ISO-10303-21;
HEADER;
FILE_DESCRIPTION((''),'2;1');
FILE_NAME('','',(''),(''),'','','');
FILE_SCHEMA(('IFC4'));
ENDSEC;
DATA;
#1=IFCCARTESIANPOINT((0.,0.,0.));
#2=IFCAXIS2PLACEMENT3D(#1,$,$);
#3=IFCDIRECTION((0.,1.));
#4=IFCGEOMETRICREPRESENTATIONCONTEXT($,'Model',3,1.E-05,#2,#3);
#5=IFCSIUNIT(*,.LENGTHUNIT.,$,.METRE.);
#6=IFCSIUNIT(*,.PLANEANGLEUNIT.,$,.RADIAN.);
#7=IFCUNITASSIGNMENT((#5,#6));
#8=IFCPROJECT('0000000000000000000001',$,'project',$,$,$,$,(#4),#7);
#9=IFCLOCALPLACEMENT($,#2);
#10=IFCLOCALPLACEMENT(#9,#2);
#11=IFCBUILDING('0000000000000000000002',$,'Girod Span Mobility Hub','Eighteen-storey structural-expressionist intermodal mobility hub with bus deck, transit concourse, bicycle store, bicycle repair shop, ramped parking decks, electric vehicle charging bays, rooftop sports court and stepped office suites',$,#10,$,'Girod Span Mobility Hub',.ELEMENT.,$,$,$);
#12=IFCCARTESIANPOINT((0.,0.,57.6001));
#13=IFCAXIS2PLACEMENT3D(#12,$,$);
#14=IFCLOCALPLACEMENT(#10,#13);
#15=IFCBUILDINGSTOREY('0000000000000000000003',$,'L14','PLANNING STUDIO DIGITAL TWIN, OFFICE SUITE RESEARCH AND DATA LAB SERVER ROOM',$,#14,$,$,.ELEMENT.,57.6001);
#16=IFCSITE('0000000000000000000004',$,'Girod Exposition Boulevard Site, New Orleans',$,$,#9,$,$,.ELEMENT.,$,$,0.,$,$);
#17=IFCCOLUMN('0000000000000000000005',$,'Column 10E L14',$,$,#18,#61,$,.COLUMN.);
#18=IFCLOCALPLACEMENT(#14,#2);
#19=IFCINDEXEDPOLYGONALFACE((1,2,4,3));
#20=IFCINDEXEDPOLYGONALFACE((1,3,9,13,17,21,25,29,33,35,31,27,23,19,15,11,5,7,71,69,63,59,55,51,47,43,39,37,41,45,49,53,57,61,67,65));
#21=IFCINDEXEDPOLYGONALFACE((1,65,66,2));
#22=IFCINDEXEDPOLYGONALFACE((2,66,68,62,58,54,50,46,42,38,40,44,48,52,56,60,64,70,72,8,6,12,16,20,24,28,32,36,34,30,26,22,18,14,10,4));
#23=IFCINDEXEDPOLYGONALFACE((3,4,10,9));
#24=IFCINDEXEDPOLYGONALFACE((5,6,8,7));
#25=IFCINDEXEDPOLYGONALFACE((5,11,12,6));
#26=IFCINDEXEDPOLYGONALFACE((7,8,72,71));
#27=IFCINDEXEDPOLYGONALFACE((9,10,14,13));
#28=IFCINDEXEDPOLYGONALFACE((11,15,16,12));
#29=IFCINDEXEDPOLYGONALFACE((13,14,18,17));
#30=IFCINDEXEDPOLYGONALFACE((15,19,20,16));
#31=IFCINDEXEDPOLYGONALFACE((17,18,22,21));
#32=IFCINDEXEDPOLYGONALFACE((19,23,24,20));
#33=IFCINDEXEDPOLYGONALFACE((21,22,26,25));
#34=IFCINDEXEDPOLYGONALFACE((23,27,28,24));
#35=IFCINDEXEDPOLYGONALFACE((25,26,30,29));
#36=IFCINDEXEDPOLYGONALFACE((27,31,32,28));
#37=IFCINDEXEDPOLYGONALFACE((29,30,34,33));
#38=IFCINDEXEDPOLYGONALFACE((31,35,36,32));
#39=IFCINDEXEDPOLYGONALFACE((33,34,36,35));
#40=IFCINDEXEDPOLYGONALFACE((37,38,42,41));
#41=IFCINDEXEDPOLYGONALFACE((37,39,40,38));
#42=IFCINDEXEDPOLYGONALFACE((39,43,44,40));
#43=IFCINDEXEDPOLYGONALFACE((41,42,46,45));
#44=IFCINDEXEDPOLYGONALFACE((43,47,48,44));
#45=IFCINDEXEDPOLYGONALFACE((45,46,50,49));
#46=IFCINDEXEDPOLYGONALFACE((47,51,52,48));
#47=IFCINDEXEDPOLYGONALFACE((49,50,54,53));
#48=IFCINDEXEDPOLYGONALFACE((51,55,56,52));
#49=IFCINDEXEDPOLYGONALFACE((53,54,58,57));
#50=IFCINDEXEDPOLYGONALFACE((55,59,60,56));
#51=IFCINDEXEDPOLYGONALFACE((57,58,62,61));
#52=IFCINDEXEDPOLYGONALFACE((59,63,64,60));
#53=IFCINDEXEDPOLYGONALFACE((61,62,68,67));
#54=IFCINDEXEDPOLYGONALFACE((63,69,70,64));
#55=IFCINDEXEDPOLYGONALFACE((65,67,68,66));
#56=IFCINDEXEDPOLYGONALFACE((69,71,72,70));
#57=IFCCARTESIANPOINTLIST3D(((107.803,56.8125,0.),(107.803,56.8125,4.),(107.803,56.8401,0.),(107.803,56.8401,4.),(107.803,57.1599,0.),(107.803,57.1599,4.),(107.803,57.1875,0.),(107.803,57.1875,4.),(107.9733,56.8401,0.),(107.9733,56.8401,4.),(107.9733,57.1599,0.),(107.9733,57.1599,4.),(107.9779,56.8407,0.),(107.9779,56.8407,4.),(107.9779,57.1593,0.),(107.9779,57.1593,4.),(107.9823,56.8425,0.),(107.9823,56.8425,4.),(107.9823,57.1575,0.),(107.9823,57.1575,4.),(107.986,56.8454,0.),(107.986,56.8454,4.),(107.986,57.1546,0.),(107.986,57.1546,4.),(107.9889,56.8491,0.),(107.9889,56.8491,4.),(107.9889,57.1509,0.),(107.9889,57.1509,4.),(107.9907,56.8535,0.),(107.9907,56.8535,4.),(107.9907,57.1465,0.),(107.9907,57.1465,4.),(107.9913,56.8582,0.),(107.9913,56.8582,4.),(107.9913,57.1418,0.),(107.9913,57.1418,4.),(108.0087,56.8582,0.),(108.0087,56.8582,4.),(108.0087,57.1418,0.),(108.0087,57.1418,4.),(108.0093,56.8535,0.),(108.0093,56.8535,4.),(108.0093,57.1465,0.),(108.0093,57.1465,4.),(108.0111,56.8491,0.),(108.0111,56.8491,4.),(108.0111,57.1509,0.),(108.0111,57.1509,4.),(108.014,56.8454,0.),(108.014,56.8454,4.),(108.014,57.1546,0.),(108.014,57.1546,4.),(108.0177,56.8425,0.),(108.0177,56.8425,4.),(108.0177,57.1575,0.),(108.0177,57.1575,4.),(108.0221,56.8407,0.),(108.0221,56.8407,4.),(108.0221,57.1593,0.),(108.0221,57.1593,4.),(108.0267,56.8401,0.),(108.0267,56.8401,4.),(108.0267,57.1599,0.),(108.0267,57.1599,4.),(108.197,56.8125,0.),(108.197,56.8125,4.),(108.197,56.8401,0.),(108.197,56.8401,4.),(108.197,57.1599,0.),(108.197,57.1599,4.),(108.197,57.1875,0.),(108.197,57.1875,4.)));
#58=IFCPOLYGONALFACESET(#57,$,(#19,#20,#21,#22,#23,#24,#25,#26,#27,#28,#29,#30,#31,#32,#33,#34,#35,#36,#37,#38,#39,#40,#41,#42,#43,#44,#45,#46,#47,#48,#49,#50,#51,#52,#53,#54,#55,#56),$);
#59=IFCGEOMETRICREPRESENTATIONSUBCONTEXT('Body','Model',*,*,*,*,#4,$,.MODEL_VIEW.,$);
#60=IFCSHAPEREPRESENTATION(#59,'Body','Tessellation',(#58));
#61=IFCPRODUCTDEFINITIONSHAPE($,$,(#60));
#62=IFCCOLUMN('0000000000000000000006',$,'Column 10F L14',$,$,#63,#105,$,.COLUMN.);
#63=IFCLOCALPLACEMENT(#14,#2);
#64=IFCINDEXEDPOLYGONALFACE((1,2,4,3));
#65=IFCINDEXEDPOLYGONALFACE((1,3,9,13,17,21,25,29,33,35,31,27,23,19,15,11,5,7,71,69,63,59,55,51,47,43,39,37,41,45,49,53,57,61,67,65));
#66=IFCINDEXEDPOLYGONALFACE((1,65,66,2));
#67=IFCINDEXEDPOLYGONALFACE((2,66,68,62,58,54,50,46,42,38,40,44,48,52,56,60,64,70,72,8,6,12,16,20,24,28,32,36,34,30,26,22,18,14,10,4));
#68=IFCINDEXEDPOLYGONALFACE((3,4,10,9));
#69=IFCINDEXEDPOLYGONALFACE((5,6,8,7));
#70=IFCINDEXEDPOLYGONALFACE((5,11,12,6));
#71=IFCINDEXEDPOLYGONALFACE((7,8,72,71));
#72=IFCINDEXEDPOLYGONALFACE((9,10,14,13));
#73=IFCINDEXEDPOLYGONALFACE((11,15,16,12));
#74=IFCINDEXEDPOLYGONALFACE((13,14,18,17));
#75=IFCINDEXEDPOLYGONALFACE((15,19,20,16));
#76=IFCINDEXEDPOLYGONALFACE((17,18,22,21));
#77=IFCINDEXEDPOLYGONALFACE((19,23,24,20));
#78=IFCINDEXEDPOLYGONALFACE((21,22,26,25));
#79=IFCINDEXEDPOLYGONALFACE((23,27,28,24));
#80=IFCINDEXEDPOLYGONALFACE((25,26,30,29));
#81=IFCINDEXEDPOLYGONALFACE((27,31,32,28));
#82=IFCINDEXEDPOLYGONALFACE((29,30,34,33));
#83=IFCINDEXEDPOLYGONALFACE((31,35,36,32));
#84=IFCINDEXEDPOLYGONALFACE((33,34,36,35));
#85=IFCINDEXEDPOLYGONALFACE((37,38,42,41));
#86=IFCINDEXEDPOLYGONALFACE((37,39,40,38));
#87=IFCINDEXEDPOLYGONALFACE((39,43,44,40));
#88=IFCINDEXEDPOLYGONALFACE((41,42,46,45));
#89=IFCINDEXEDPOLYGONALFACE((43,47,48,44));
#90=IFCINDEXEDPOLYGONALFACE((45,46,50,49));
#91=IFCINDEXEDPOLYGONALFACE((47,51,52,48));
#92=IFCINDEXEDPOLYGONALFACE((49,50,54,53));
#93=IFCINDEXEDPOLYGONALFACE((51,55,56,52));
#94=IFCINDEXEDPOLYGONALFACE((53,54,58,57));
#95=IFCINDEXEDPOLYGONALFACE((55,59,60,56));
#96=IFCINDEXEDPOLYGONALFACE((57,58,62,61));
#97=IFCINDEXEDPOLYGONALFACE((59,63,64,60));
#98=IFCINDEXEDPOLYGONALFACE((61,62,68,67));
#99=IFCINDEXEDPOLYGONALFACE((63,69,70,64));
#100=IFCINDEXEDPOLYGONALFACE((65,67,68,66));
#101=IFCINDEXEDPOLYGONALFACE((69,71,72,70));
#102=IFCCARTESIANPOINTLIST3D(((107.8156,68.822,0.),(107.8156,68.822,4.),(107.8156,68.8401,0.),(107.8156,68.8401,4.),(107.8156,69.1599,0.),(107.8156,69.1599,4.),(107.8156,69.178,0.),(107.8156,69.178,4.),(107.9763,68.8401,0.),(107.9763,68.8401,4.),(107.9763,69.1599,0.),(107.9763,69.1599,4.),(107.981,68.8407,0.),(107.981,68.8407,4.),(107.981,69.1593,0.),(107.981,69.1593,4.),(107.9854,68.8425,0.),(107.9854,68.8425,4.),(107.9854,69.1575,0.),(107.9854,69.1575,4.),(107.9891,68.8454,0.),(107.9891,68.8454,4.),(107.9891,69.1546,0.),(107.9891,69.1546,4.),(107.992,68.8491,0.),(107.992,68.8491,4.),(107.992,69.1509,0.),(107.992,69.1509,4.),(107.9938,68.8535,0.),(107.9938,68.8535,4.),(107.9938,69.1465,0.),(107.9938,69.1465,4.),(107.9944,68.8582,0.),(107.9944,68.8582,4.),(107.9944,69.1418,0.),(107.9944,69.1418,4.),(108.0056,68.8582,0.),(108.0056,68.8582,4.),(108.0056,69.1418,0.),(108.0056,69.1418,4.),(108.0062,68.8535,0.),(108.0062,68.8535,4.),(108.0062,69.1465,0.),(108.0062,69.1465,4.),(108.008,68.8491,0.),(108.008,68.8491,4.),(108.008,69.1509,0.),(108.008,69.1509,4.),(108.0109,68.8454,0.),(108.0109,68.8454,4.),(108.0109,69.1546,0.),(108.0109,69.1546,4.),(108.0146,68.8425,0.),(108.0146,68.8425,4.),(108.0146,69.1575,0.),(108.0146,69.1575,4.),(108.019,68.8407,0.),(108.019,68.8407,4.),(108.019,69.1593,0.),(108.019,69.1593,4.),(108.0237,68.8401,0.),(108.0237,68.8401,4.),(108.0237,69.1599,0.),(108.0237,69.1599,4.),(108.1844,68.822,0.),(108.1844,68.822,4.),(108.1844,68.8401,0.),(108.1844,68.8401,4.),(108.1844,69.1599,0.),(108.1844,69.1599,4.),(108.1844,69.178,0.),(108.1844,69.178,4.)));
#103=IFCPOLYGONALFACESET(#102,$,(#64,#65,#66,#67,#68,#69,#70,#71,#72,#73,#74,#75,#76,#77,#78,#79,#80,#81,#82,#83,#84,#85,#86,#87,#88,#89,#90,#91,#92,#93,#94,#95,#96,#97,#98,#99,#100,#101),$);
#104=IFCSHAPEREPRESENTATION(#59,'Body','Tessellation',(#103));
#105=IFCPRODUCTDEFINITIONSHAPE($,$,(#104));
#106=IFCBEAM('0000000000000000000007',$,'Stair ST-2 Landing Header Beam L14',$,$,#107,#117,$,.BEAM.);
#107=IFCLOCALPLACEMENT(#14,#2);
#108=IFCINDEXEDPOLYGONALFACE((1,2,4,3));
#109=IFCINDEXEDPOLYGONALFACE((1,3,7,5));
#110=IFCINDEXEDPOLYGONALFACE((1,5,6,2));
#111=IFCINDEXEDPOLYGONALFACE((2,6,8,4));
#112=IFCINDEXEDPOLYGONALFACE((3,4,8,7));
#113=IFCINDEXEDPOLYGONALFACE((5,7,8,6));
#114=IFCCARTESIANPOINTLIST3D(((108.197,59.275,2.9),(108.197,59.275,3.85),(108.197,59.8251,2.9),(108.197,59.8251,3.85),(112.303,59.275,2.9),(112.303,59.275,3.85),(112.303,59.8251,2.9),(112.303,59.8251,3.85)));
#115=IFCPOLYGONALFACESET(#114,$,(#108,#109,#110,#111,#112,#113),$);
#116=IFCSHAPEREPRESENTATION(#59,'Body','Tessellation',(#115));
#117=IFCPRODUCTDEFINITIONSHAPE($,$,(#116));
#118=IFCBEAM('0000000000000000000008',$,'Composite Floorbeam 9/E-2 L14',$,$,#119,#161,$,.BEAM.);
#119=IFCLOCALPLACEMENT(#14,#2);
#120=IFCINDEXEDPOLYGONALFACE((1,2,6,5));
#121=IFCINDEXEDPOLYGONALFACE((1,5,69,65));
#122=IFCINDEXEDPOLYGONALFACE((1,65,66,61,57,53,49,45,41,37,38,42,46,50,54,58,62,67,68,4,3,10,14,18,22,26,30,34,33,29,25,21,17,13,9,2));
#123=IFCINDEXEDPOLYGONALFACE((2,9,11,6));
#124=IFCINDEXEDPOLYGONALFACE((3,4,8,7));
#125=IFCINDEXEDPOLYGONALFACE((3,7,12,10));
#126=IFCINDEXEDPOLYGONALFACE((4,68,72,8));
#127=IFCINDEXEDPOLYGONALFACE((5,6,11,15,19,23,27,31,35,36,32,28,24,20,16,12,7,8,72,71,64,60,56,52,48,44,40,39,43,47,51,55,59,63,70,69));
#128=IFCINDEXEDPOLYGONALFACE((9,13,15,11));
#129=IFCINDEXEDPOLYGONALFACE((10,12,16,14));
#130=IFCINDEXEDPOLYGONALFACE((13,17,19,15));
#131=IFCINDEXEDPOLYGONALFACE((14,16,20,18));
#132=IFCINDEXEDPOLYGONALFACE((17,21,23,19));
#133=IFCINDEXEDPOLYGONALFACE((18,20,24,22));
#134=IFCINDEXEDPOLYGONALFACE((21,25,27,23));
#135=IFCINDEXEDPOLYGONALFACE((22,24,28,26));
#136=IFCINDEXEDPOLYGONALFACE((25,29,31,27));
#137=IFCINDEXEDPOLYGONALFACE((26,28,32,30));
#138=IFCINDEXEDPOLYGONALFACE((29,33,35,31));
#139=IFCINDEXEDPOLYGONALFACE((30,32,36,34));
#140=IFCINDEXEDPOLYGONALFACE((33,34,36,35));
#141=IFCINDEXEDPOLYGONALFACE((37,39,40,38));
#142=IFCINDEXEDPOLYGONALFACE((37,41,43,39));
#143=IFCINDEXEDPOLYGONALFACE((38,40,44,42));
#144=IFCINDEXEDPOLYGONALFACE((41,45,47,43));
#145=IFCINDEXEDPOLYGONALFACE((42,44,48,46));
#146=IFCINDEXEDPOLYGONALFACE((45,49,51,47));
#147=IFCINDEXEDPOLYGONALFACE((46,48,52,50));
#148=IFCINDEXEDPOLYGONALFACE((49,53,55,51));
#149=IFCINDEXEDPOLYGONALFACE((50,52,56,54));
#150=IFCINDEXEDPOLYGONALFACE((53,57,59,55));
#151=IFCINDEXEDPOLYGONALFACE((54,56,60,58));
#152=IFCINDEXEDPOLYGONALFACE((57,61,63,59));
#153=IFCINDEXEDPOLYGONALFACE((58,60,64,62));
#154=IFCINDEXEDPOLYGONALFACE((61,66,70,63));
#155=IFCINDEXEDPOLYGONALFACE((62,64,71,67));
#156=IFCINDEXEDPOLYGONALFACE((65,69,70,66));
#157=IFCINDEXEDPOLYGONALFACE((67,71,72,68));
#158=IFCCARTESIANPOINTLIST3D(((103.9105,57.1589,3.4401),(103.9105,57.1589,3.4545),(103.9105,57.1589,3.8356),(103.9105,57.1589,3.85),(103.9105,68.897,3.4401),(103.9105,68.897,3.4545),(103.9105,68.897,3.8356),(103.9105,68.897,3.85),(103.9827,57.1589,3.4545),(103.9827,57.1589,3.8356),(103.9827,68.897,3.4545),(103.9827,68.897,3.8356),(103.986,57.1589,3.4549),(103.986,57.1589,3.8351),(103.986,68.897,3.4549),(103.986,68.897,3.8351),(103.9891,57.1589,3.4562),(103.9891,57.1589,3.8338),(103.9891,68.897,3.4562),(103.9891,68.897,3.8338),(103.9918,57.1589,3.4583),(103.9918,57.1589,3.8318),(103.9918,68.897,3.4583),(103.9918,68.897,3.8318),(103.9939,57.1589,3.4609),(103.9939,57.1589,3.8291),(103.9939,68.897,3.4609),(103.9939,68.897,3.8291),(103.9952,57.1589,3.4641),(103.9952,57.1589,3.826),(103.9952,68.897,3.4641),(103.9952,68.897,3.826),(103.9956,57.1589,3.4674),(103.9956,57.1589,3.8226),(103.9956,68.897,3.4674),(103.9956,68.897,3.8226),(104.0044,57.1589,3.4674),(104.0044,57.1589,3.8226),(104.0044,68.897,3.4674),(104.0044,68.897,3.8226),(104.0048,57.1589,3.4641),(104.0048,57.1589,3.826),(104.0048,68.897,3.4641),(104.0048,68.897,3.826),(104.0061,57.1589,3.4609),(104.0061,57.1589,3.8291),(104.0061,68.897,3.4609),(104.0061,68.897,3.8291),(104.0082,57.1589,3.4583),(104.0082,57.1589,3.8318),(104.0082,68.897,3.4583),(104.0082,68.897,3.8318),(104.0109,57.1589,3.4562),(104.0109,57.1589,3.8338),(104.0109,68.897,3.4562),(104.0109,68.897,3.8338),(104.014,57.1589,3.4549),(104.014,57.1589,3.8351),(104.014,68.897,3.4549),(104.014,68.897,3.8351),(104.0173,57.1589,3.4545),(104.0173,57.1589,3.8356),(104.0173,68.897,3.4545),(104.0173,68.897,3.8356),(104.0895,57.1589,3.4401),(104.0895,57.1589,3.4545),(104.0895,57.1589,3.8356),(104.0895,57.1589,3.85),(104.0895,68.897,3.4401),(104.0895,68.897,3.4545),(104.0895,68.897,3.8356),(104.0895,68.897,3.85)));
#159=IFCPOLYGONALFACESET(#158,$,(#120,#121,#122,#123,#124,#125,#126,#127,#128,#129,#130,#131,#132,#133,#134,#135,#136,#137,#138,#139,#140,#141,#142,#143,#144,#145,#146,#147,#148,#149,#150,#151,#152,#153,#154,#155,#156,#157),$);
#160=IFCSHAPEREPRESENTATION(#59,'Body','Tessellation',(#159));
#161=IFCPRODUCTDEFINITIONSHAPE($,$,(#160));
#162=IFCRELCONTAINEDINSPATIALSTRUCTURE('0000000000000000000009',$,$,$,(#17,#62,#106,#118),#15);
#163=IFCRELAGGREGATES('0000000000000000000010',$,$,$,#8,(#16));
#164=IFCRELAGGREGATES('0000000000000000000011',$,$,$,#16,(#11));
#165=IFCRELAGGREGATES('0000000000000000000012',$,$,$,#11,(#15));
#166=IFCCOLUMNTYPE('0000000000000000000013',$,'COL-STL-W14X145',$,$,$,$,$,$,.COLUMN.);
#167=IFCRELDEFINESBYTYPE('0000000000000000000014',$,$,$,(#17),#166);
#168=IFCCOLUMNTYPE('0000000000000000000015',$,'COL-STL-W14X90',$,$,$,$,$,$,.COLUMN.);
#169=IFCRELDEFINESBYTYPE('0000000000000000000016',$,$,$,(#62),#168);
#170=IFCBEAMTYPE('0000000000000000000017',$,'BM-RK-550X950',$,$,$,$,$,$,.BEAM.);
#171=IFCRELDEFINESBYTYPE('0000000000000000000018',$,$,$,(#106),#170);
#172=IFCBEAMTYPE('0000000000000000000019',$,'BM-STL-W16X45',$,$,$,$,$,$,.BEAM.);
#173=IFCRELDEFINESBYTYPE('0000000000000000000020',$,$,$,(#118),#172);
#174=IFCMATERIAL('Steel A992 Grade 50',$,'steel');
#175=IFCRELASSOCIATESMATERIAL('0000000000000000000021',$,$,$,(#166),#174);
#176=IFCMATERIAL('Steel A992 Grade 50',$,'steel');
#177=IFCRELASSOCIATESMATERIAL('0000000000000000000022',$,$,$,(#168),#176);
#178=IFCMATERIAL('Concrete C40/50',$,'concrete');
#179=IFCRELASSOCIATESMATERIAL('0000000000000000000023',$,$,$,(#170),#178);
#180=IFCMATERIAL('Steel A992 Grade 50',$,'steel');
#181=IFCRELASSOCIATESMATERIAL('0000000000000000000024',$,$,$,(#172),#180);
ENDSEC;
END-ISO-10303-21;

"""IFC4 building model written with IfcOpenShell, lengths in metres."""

from ifc_helpers import new_model, si_unit, direction, frame, origin, origin_2d, place, context, subcontext, project, spatial, rectangle, i_section, extrude, material, material_profile, profile_set, type_object, element, save


model = new_model("IFC4")

# Units and contexts
model_context = context("Model", 3, precision=1e-05, world=origin(), true_north=direction((0.0, 1.0)))
body_context = subcontext(model_context, "Body", "Model", "MODEL_VIEW")
ifc_project = project(units=[si_unit("LENGTHUNIT", "METRE"), si_unit("PLANEANGLEUNIT", "RADIAN")], contexts=[model_context])

# Site, building, storey
site_placement = place(None, origin())
site = spatial("IfcSite", under=ifc_project, at=site_placement, Name="Girod Exposition Boulevard Site, New Orleans", CompositionType="ELEMENT", RefElevation=0.0)
building_placement = place(site_placement, origin())
building = spatial("IfcBuilding", under=site, at=building_placement, Name="Girod Span Mobility Hub", Description="Eighteen-storey structural-expressionist intermodal mobility hub with bus deck, transit concourse, bicycle store, bicycle repair shop, ramped parking decks, electric vehicle charging bays, rooftop sports court and stepped office suites", LongName="Girod Span Mobility Hub", CompositionType="ELEMENT")
storey_placement = place(building_placement, frame((0.0, 0.0, 57.6001)))
storey = spatial("IfcBuildingStorey", under=building, at=storey_placement, Name="L14", Description="PLANNING STUDIO DIGITAL TWIN, OFFICE SUITE RESEARCH AND DATA LAB SERVER ROOM", CompositionType="ELEMENT", Elevation=57.6001)

# Columns
ifc_material_1 = material(Name="Steel A992 Grade 50", Category="steel")
ifc_material_profile_1 = material_profile(ifc_material_1, i_section(OverallWidth=0.394, OverallDepth=0.375, WebThickness=0.0173, FlangeThickness=0.0276, FilletRadius=0.0181, at=origin_2d()), Name="W14X145")
ifc_profile_set_1 = profile_set([ifc_material_profile_1], Name="Steel A992 Grade 50")
column_type_1 = type_object("IfcColumnType", Name="COL-STL-W14X145", PredefinedType="COLUMN", material=ifc_profile_set_1)
column_1_placement = place(storey_placement, frame((108.0, 57.0, 0.0), z_axis=(0.0, 0.0, 1.0), x_axis=(1.0, 0.0, 0.0)))
element("IfcColumn", 1, at=column_1_placement, inside=storey, type_object=column_type_1, Name="Column 10E L14", PredefinedType="COLUMN", context=body_context, shape_type="SweptSolid", body=[
    extrude(i_section(OverallWidth=0.394, OverallDepth=0.375, WebThickness=0.0173, FlangeThickness=0.0276, FilletRadius=0.0181, at=origin_2d()), origin(), (0.0, 0.0, 1.0), 4.0),
])
ifc_material_2 = material(Name="Steel A992 Grade 50", Category="steel")
ifc_material_profile_2 = material_profile(ifc_material_2, i_section(OverallWidth=0.3689, OverallDepth=0.356, WebThickness=0.0112, FlangeThickness=0.0181, FilletRadius=0.0181, at=origin_2d()), Name="W14X90")
ifc_profile_set_2 = profile_set([ifc_material_profile_2], Name="Steel A992 Grade 50")
column_type_2 = type_object("IfcColumnType", Name="COL-STL-W14X90", PredefinedType="COLUMN", material=ifc_profile_set_2)
column_2_placement = place(storey_placement, frame((108.0, 69.0, 0.0), z_axis=(0.0, 0.0, 1.0), x_axis=(1.0, 0.0, 0.0)))
element("IfcColumn", 2, at=column_2_placement, inside=storey, type_object=column_type_2, Name="Column 10F L14", PredefinedType="COLUMN", context=body_context, shape_type="SweptSolid", body=[
    extrude(i_section(OverallWidth=0.3689, OverallDepth=0.356, WebThickness=0.0112, FlangeThickness=0.0181, FilletRadius=0.0181, at=origin_2d()), origin(), (0.0, 0.0, 1.0), 4.0),
])

# Beams
ifc_material_3 = material(Name="Concrete C40/50", Category="concrete")
ifc_material_profile_3 = material_profile(ifc_material_3, rectangle(XDim=0.55, YDim=0.95, at=origin_2d()), Name="RK-550X950")
ifc_profile_set_3 = profile_set([ifc_material_profile_3], Name="Concrete C40/50")
beam_type_1 = type_object("IfcBeamType", Name="BM-RK-550X950", PredefinedType="BEAM", material=ifc_profile_set_3)
beam_1_placement = place(storey_placement, frame((108.197, 59.55, 3.375), z_axis=(1.0, 0.0, 0.0), x_axis=(0.0, 1.0, 0.0)))
element("IfcBeam", 3, at=beam_1_placement, inside=storey, type_object=beam_type_1, Name="Stair ST-2 Landing Header Beam L14", PredefinedType="BEAM", context=body_context, shape_type="SweptSolid", body=[
    extrude(rectangle(XDim=0.55, YDim=0.95, at=origin_2d()), origin(), (0.0, 0.0, 1.0), 4.106),
])
ifc_material_4 = material(Name="Steel A992 Grade 50", Category="steel")
ifc_material_profile_4 = material_profile(ifc_material_4, i_section(OverallWidth=0.179, OverallDepth=0.4099, WebThickness=0.0088, FlangeThickness=0.0144, FilletRadius=0.0129, at=origin_2d()), Name="W16X45")
ifc_profile_set_4 = profile_set([ifc_material_profile_4], Name="Steel A992 Grade 50")
beam_type_2 = type_object("IfcBeamType", Name="BM-STL-W16X45", PredefinedType="BEAM", material=ifc_profile_set_4)
beam_2_placement = place(storey_placement, frame((104.0, 57.1589, 3.645), z_axis=(0.0, 1.0, 0.0), x_axis=(-1.0, 0.0, 0.0)))
element("IfcBeam", 4, at=beam_2_placement, inside=storey, type_object=beam_type_2, Name="Composite Floorbeam 9/E-2 L14", PredefinedType="BEAM", context=body_context, shape_type="SweptSolid", body=[
    extrude(i_section(OverallWidth=0.179, OverallDepth=0.4099, WebThickness=0.0088, FlangeThickness=0.0144, FilletRadius=0.0129, at=origin_2d()), origin(), (0.0, 0.0, 1.0), 11.738),
])

save(model, "model.ifc")
